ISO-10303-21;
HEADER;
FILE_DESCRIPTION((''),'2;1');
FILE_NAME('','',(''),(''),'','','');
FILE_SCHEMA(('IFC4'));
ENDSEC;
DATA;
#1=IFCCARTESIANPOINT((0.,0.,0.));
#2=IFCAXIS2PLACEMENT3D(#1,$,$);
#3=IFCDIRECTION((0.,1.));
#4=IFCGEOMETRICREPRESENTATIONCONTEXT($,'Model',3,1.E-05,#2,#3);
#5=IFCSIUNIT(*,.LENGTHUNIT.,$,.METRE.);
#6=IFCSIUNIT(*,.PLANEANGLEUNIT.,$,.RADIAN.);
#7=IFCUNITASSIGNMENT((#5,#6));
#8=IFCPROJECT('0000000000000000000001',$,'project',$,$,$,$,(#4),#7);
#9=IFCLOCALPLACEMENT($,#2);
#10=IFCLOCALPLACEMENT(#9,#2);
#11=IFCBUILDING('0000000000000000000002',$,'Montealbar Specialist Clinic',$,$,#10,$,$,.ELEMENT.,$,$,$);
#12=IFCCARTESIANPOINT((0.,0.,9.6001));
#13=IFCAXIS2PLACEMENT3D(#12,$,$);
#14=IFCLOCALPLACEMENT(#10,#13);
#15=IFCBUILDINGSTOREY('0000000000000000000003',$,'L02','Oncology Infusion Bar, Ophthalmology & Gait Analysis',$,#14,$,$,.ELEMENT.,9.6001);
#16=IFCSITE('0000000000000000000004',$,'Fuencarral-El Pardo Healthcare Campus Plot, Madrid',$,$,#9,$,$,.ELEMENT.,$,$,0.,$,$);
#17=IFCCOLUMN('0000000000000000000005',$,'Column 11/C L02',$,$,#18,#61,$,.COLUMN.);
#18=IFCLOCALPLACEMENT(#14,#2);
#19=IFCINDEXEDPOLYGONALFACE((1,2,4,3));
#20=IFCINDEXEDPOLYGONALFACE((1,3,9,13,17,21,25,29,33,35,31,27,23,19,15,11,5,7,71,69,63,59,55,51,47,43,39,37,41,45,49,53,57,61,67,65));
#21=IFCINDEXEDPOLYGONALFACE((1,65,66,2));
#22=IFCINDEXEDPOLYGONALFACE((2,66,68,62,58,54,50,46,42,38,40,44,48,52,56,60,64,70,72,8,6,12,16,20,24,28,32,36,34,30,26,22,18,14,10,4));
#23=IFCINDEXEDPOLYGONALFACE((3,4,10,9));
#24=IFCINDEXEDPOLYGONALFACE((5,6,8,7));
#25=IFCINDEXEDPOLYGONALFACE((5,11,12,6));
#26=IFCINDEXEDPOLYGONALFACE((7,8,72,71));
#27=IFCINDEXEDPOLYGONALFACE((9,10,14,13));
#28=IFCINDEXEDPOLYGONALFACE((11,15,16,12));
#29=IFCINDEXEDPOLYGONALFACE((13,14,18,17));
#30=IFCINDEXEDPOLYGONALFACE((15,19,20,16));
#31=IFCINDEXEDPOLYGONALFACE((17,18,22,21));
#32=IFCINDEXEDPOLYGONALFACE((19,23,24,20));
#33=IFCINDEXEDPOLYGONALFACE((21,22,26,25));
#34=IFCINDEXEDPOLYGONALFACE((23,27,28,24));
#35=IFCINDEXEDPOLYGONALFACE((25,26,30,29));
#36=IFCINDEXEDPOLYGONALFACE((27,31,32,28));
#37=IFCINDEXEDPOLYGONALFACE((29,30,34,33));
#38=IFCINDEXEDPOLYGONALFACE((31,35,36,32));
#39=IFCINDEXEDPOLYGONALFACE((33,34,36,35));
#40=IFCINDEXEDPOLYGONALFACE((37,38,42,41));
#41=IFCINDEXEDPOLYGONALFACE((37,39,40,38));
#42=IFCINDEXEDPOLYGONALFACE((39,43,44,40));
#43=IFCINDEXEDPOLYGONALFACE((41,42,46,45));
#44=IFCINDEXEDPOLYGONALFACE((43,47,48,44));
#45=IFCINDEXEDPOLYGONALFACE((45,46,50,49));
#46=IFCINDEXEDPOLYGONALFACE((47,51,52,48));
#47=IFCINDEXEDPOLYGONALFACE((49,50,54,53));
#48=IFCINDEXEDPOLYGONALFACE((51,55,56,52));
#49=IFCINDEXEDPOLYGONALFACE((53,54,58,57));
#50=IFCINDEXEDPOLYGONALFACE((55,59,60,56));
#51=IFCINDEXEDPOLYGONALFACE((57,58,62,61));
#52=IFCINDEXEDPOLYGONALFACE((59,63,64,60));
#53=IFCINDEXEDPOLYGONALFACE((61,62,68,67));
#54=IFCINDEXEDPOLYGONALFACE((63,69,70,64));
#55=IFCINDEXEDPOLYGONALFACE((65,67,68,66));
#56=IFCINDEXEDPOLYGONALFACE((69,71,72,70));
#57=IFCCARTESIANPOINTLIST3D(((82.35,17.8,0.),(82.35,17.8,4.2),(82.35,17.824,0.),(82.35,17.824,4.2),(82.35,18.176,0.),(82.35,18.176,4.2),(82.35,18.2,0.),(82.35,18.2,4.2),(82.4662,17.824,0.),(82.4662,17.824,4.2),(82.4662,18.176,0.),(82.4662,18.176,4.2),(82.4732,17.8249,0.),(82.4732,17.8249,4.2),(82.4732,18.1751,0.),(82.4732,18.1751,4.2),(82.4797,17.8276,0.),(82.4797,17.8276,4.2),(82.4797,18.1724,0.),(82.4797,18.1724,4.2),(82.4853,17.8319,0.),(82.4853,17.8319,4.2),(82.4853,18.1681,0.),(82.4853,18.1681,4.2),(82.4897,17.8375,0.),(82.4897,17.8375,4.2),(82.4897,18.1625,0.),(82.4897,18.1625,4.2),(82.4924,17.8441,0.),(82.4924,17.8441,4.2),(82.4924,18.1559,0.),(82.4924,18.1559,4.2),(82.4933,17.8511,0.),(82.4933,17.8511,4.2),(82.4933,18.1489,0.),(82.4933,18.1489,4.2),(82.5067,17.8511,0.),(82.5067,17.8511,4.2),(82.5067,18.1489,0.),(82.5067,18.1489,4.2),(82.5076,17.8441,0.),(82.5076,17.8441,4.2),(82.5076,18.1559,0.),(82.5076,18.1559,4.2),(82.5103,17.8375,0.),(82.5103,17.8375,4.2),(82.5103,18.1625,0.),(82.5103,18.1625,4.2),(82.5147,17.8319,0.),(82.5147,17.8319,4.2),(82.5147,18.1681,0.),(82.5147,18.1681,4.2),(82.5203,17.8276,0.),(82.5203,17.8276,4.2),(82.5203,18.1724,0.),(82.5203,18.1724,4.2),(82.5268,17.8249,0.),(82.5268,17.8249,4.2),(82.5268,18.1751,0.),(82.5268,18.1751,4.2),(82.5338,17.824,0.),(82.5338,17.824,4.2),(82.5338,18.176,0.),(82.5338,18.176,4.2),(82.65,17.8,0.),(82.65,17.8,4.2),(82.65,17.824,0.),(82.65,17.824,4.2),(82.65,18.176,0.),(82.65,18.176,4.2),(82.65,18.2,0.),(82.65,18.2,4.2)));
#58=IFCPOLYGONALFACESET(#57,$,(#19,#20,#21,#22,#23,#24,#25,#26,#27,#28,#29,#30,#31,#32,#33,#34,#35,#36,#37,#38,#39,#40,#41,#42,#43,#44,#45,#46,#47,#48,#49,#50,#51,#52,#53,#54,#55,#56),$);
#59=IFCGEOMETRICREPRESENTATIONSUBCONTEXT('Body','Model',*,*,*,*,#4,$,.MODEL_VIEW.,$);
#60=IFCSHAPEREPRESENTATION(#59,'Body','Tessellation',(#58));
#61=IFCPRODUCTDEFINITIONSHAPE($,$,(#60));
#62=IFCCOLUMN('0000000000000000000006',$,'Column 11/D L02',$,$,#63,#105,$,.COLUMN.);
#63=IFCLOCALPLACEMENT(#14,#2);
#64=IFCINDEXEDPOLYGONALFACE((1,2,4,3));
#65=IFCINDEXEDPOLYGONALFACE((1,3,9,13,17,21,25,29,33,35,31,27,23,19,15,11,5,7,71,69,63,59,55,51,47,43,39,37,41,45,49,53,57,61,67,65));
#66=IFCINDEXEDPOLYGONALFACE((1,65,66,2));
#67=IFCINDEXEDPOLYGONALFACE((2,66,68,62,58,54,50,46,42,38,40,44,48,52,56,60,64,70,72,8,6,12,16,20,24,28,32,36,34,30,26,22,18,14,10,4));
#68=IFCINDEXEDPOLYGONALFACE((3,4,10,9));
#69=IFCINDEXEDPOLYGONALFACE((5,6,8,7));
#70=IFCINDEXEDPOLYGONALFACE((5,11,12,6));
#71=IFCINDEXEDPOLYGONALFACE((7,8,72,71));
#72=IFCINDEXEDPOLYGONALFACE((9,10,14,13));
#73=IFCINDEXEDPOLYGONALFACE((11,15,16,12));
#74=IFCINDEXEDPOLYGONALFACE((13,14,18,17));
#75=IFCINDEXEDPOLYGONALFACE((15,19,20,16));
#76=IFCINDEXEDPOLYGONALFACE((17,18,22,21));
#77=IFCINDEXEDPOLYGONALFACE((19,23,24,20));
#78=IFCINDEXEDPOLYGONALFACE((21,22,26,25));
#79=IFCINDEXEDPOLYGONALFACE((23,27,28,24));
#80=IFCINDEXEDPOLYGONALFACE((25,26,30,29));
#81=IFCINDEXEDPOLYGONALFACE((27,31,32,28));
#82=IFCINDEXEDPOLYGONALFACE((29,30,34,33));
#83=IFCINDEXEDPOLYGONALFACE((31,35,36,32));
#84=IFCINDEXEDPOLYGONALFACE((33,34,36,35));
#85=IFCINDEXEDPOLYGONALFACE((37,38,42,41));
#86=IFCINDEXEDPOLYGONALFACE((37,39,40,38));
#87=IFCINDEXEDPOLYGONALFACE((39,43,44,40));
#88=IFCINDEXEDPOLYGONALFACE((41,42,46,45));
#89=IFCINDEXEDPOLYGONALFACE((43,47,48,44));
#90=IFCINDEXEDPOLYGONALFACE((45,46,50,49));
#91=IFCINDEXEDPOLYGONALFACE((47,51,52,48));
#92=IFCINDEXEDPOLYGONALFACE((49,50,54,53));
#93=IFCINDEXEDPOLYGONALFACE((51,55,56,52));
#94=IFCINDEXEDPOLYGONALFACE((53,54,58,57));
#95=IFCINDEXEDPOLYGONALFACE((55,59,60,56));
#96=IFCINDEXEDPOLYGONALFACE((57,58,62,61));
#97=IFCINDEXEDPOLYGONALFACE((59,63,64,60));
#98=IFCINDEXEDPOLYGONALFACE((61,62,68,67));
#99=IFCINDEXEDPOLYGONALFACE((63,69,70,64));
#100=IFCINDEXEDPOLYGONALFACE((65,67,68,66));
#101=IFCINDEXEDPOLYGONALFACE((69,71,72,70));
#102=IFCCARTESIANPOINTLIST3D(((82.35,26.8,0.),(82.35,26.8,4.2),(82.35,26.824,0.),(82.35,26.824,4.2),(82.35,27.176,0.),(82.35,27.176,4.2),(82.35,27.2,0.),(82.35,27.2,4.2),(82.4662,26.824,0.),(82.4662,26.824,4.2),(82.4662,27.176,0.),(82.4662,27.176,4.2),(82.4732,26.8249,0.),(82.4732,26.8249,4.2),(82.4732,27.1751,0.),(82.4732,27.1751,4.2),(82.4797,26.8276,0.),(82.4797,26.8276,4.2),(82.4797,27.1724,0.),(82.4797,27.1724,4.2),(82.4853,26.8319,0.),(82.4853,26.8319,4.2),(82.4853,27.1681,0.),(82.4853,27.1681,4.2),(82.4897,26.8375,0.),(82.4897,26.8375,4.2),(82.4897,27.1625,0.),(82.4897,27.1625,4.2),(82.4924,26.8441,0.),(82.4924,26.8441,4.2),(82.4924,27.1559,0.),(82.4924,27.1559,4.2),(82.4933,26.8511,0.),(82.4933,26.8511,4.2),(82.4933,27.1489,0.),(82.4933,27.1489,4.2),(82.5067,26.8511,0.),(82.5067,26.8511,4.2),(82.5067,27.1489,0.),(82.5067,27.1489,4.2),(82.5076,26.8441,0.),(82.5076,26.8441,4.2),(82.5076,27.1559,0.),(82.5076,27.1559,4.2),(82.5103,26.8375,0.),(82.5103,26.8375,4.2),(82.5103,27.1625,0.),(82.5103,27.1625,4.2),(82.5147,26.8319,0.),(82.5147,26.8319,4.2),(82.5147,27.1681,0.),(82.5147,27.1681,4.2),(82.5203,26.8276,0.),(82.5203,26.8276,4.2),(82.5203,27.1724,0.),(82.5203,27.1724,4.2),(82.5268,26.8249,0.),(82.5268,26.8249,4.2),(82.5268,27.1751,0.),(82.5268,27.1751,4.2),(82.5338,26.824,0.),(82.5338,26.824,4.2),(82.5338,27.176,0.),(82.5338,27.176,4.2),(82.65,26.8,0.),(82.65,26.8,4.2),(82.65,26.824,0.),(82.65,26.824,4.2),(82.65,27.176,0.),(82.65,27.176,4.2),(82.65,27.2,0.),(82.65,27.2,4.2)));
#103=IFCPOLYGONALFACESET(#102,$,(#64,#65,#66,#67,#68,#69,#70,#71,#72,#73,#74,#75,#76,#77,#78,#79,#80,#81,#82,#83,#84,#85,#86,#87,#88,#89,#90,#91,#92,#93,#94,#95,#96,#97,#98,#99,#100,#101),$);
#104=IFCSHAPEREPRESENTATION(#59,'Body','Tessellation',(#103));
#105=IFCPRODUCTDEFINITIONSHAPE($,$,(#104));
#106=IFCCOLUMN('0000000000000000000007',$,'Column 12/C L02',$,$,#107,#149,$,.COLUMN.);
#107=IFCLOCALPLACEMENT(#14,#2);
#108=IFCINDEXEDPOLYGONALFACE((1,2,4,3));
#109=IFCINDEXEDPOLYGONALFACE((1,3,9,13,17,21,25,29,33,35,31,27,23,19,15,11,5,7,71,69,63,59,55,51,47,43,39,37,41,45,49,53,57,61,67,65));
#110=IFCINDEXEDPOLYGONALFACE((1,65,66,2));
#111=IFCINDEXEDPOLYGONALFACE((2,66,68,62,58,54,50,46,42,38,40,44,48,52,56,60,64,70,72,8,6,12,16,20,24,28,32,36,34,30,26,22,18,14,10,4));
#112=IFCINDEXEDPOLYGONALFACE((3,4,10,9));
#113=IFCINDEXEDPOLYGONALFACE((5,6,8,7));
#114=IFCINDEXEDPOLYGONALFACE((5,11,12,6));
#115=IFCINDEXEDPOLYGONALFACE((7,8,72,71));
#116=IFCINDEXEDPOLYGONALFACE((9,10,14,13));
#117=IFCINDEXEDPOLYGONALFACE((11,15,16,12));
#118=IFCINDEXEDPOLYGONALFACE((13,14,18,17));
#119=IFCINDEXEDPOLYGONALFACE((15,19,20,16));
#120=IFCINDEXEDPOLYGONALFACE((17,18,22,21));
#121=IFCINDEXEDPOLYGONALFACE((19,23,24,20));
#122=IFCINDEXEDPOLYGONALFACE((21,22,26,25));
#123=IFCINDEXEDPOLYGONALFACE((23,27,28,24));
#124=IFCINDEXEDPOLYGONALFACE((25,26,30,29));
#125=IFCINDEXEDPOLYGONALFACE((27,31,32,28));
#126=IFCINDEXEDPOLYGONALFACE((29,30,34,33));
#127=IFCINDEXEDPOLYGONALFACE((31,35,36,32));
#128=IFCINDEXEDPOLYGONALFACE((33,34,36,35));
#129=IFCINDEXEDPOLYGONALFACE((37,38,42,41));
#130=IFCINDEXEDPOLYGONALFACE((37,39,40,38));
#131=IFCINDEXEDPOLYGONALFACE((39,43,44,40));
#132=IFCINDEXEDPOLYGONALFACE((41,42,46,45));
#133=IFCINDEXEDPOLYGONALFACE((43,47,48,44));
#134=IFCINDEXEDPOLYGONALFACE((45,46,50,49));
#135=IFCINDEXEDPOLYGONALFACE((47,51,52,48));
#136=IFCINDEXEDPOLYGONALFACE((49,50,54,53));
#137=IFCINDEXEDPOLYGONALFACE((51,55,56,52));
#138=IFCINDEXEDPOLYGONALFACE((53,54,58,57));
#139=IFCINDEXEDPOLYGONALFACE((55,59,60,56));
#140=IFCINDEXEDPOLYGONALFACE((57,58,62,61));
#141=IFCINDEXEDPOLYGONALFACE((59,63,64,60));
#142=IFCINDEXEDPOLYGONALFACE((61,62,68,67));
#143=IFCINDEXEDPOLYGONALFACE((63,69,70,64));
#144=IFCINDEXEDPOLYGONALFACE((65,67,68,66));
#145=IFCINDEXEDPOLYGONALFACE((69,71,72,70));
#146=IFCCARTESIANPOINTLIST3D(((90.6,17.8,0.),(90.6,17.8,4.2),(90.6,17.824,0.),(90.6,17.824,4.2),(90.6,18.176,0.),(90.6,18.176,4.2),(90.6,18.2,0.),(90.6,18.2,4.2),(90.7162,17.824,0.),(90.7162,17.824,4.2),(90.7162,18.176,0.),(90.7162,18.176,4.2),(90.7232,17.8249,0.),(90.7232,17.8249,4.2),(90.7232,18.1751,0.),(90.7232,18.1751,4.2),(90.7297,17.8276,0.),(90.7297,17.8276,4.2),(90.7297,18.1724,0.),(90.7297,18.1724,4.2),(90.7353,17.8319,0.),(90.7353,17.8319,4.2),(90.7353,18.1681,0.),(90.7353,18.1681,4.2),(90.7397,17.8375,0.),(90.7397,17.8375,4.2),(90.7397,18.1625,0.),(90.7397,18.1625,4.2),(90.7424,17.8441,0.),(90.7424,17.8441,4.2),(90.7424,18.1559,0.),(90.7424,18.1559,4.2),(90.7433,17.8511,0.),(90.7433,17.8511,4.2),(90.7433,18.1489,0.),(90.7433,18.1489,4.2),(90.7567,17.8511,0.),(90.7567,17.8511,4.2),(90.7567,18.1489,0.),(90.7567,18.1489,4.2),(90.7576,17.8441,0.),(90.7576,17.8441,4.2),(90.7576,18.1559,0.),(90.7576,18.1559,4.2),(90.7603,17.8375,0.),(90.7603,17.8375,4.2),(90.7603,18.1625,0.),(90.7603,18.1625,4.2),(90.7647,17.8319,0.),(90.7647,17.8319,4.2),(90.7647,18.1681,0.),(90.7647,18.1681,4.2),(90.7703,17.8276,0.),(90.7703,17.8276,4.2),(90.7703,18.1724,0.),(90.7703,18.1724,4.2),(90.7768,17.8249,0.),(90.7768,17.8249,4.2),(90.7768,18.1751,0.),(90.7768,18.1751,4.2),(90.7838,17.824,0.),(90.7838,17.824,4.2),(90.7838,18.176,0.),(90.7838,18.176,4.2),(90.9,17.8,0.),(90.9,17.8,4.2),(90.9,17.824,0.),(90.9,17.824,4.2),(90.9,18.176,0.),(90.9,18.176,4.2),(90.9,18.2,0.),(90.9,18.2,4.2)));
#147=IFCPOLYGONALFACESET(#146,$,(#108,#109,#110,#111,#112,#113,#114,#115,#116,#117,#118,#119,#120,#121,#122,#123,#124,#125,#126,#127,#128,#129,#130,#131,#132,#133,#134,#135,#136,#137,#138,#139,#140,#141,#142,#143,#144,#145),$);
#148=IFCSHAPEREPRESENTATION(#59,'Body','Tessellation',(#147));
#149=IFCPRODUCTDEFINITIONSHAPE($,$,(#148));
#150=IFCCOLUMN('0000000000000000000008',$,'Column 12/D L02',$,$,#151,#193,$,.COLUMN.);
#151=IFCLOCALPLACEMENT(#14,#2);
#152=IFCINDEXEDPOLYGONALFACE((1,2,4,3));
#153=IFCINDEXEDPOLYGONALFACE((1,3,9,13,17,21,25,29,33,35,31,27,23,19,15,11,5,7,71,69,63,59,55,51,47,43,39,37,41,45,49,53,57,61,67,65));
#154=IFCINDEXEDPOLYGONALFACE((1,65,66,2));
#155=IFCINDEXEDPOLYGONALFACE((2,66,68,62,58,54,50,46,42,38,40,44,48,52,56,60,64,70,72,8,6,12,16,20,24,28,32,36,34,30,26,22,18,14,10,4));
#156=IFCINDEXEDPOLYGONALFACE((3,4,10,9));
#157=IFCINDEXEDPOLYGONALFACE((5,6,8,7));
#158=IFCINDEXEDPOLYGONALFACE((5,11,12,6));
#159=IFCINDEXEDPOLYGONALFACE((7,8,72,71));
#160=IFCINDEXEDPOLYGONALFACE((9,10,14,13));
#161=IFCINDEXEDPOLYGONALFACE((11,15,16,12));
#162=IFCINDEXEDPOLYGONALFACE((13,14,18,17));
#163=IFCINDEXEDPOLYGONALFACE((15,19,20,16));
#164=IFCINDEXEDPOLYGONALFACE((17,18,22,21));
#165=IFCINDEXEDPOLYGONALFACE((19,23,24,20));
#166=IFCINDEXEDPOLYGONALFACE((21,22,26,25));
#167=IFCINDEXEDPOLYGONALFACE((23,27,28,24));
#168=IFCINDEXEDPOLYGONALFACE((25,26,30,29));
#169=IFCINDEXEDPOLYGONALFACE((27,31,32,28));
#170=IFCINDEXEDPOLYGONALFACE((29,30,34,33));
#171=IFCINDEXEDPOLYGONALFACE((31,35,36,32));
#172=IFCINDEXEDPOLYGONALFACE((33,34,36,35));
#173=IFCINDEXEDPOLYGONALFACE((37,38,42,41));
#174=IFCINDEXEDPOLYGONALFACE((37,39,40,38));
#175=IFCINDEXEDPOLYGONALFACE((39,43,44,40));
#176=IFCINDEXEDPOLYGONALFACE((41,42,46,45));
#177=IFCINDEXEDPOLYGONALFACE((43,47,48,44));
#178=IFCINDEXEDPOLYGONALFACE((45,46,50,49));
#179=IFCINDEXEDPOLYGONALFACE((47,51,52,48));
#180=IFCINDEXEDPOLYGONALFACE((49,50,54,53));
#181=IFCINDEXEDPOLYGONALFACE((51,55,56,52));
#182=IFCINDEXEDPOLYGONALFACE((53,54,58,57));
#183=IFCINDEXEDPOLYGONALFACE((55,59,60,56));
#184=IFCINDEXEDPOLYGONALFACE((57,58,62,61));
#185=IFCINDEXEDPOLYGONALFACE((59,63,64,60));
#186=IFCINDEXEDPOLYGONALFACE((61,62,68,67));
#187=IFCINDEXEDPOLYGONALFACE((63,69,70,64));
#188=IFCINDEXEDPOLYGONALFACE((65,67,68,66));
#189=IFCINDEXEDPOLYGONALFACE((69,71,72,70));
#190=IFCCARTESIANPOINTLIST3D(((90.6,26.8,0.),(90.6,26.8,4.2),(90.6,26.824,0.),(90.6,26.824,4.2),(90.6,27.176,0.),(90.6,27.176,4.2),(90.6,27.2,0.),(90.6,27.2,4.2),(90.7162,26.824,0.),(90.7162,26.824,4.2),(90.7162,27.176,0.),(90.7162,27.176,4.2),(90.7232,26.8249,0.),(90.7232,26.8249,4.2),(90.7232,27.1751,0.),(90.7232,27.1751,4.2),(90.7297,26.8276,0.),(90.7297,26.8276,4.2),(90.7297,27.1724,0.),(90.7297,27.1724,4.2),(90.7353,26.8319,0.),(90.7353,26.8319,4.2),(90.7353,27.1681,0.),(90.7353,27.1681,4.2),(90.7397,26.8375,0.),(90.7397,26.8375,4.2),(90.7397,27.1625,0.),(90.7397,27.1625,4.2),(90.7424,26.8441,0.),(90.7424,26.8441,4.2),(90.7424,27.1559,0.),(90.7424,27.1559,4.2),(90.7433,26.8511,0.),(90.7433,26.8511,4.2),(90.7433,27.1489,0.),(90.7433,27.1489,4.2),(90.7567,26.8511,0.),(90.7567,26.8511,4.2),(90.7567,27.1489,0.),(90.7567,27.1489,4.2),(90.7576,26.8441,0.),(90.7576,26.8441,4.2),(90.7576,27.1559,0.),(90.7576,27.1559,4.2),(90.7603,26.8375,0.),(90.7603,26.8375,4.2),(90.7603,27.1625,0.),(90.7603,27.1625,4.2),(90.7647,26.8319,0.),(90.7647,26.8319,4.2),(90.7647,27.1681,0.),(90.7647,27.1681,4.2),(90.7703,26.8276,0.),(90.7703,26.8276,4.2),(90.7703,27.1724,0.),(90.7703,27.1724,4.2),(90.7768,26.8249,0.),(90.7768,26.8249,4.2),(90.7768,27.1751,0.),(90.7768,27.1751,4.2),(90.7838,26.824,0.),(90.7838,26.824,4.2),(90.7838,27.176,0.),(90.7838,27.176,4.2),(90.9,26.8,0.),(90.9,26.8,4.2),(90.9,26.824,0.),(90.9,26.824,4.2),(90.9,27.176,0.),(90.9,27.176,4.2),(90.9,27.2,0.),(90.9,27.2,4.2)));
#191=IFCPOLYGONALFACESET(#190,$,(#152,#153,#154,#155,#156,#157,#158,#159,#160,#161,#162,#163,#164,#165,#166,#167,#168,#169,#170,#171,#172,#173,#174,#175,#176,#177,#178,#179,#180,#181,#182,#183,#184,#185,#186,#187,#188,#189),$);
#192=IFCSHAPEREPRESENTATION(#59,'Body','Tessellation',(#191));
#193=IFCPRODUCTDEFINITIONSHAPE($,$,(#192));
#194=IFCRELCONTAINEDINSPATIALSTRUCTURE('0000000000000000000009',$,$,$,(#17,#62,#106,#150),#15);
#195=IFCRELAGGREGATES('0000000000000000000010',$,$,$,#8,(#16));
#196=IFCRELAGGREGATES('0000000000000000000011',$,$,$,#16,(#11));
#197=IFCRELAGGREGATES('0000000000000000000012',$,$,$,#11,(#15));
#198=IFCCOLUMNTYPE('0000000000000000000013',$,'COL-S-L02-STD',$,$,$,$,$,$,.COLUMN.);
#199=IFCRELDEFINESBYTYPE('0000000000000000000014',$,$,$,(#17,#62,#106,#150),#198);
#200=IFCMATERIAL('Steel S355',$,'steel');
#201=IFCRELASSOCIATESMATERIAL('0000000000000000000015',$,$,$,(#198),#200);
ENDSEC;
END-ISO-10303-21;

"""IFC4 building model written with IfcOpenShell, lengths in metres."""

from ifc_helpers import new_model, si_unit, direction, frame, origin, origin_2d, place, context, subcontext, project, spatial, i_section, extrude, material, material_profile, profile_set, type_object, element, save


model = new_model("IFC4")

# Units and contexts
model_context = context("Model", 3, precision=1e-05, world=origin(), true_north=direction((0.0, 1.0)))
body_context = subcontext(model_context, "Body", "Model", "MODEL_VIEW")
ifc_project = project(units=[si_unit("LENGTHUNIT", "METRE"), si_unit("PLANEANGLEUNIT", "RADIAN")], contexts=[model_context])

# Site, building, storey
site_placement = place(None, origin())
site = spatial("IfcSite", under=ifc_project, at=site_placement, Name="Fuencarral-El Pardo Healthcare Campus Plot, Madrid", CompositionType="ELEMENT", RefElevation=0.0)
building_placement = place(site_placement, origin())
building = spatial("IfcBuilding", under=site, at=building_placement, Name="Montealbar Specialist Clinic", CompositionType="ELEMENT")
storey_placement = place(building_placement, frame((0.0, 0.0, 9.6001)))
storey = spatial("IfcBuildingStorey", under=building, at=storey_placement, Name="L02", Description="Oncology Infusion Bar, Ophthalmology & Gait Analysis", CompositionType="ELEMENT", Elevation=9.6001)

# Columns
ifc_material_1 = material(Name="Steel S355", Category="steel")
ifc_material_profile_1 = material_profile(ifc_material_1, i_section(OverallWidth=0.3, OverallDepth=0.3999, WebThickness=0.0134, FlangeThickness=0.0239, FilletRadius=0.0271, at=origin_2d()), Name="HEB 400", Category="steel")
ifc_profile_set_1 = profile_set([ifc_material_profile_1], Name="Steel S355")
column_type = type_object("IfcColumnType", Name="COL-S-L02-STD", PredefinedType="COLUMN", material=ifc_profile_set_1)
for number, where, z_axis, x_axis, name in (
    (1, (82.5, 18.0, 0.0), (0.0, 0.0, 1.0), (1.0, 0.0, 0.0), "Column 11/C L02"),
    (2, (82.5, 27.0, 0.0), (0.0, 0.0, 1.0), (1.0, 0.0, 0.0), "Column 11/D L02"),
    (3, (90.75, 18.0, 0.0), (0.0, 0.0, 1.0), (1.0, 0.0, 0.0), "Column 12/C L02"),
    (4, (90.75, 27.0, 0.0), (0.0, 0.0, 1.0), (1.0, 0.0, 0.0), "Column 12/D L02"),
):
    element("IfcColumn", number, at=place(storey_placement, frame(where, z_axis=z_axis, x_axis=x_axis)), inside=storey, type_object=column_type, Name=name, PredefinedType="COLUMN", context=body_context, shape_type="SweptSolid", body=[
        extrude(i_section(OverallWidth=0.3, OverallDepth=0.3999, WebThickness=0.0134, FlangeThickness=0.0239, FilletRadius=0.0271, at=origin_2d()), origin(), (0.0, 0.0, 1.0), 4.2),
    ])

save(model, "model.ifc")
